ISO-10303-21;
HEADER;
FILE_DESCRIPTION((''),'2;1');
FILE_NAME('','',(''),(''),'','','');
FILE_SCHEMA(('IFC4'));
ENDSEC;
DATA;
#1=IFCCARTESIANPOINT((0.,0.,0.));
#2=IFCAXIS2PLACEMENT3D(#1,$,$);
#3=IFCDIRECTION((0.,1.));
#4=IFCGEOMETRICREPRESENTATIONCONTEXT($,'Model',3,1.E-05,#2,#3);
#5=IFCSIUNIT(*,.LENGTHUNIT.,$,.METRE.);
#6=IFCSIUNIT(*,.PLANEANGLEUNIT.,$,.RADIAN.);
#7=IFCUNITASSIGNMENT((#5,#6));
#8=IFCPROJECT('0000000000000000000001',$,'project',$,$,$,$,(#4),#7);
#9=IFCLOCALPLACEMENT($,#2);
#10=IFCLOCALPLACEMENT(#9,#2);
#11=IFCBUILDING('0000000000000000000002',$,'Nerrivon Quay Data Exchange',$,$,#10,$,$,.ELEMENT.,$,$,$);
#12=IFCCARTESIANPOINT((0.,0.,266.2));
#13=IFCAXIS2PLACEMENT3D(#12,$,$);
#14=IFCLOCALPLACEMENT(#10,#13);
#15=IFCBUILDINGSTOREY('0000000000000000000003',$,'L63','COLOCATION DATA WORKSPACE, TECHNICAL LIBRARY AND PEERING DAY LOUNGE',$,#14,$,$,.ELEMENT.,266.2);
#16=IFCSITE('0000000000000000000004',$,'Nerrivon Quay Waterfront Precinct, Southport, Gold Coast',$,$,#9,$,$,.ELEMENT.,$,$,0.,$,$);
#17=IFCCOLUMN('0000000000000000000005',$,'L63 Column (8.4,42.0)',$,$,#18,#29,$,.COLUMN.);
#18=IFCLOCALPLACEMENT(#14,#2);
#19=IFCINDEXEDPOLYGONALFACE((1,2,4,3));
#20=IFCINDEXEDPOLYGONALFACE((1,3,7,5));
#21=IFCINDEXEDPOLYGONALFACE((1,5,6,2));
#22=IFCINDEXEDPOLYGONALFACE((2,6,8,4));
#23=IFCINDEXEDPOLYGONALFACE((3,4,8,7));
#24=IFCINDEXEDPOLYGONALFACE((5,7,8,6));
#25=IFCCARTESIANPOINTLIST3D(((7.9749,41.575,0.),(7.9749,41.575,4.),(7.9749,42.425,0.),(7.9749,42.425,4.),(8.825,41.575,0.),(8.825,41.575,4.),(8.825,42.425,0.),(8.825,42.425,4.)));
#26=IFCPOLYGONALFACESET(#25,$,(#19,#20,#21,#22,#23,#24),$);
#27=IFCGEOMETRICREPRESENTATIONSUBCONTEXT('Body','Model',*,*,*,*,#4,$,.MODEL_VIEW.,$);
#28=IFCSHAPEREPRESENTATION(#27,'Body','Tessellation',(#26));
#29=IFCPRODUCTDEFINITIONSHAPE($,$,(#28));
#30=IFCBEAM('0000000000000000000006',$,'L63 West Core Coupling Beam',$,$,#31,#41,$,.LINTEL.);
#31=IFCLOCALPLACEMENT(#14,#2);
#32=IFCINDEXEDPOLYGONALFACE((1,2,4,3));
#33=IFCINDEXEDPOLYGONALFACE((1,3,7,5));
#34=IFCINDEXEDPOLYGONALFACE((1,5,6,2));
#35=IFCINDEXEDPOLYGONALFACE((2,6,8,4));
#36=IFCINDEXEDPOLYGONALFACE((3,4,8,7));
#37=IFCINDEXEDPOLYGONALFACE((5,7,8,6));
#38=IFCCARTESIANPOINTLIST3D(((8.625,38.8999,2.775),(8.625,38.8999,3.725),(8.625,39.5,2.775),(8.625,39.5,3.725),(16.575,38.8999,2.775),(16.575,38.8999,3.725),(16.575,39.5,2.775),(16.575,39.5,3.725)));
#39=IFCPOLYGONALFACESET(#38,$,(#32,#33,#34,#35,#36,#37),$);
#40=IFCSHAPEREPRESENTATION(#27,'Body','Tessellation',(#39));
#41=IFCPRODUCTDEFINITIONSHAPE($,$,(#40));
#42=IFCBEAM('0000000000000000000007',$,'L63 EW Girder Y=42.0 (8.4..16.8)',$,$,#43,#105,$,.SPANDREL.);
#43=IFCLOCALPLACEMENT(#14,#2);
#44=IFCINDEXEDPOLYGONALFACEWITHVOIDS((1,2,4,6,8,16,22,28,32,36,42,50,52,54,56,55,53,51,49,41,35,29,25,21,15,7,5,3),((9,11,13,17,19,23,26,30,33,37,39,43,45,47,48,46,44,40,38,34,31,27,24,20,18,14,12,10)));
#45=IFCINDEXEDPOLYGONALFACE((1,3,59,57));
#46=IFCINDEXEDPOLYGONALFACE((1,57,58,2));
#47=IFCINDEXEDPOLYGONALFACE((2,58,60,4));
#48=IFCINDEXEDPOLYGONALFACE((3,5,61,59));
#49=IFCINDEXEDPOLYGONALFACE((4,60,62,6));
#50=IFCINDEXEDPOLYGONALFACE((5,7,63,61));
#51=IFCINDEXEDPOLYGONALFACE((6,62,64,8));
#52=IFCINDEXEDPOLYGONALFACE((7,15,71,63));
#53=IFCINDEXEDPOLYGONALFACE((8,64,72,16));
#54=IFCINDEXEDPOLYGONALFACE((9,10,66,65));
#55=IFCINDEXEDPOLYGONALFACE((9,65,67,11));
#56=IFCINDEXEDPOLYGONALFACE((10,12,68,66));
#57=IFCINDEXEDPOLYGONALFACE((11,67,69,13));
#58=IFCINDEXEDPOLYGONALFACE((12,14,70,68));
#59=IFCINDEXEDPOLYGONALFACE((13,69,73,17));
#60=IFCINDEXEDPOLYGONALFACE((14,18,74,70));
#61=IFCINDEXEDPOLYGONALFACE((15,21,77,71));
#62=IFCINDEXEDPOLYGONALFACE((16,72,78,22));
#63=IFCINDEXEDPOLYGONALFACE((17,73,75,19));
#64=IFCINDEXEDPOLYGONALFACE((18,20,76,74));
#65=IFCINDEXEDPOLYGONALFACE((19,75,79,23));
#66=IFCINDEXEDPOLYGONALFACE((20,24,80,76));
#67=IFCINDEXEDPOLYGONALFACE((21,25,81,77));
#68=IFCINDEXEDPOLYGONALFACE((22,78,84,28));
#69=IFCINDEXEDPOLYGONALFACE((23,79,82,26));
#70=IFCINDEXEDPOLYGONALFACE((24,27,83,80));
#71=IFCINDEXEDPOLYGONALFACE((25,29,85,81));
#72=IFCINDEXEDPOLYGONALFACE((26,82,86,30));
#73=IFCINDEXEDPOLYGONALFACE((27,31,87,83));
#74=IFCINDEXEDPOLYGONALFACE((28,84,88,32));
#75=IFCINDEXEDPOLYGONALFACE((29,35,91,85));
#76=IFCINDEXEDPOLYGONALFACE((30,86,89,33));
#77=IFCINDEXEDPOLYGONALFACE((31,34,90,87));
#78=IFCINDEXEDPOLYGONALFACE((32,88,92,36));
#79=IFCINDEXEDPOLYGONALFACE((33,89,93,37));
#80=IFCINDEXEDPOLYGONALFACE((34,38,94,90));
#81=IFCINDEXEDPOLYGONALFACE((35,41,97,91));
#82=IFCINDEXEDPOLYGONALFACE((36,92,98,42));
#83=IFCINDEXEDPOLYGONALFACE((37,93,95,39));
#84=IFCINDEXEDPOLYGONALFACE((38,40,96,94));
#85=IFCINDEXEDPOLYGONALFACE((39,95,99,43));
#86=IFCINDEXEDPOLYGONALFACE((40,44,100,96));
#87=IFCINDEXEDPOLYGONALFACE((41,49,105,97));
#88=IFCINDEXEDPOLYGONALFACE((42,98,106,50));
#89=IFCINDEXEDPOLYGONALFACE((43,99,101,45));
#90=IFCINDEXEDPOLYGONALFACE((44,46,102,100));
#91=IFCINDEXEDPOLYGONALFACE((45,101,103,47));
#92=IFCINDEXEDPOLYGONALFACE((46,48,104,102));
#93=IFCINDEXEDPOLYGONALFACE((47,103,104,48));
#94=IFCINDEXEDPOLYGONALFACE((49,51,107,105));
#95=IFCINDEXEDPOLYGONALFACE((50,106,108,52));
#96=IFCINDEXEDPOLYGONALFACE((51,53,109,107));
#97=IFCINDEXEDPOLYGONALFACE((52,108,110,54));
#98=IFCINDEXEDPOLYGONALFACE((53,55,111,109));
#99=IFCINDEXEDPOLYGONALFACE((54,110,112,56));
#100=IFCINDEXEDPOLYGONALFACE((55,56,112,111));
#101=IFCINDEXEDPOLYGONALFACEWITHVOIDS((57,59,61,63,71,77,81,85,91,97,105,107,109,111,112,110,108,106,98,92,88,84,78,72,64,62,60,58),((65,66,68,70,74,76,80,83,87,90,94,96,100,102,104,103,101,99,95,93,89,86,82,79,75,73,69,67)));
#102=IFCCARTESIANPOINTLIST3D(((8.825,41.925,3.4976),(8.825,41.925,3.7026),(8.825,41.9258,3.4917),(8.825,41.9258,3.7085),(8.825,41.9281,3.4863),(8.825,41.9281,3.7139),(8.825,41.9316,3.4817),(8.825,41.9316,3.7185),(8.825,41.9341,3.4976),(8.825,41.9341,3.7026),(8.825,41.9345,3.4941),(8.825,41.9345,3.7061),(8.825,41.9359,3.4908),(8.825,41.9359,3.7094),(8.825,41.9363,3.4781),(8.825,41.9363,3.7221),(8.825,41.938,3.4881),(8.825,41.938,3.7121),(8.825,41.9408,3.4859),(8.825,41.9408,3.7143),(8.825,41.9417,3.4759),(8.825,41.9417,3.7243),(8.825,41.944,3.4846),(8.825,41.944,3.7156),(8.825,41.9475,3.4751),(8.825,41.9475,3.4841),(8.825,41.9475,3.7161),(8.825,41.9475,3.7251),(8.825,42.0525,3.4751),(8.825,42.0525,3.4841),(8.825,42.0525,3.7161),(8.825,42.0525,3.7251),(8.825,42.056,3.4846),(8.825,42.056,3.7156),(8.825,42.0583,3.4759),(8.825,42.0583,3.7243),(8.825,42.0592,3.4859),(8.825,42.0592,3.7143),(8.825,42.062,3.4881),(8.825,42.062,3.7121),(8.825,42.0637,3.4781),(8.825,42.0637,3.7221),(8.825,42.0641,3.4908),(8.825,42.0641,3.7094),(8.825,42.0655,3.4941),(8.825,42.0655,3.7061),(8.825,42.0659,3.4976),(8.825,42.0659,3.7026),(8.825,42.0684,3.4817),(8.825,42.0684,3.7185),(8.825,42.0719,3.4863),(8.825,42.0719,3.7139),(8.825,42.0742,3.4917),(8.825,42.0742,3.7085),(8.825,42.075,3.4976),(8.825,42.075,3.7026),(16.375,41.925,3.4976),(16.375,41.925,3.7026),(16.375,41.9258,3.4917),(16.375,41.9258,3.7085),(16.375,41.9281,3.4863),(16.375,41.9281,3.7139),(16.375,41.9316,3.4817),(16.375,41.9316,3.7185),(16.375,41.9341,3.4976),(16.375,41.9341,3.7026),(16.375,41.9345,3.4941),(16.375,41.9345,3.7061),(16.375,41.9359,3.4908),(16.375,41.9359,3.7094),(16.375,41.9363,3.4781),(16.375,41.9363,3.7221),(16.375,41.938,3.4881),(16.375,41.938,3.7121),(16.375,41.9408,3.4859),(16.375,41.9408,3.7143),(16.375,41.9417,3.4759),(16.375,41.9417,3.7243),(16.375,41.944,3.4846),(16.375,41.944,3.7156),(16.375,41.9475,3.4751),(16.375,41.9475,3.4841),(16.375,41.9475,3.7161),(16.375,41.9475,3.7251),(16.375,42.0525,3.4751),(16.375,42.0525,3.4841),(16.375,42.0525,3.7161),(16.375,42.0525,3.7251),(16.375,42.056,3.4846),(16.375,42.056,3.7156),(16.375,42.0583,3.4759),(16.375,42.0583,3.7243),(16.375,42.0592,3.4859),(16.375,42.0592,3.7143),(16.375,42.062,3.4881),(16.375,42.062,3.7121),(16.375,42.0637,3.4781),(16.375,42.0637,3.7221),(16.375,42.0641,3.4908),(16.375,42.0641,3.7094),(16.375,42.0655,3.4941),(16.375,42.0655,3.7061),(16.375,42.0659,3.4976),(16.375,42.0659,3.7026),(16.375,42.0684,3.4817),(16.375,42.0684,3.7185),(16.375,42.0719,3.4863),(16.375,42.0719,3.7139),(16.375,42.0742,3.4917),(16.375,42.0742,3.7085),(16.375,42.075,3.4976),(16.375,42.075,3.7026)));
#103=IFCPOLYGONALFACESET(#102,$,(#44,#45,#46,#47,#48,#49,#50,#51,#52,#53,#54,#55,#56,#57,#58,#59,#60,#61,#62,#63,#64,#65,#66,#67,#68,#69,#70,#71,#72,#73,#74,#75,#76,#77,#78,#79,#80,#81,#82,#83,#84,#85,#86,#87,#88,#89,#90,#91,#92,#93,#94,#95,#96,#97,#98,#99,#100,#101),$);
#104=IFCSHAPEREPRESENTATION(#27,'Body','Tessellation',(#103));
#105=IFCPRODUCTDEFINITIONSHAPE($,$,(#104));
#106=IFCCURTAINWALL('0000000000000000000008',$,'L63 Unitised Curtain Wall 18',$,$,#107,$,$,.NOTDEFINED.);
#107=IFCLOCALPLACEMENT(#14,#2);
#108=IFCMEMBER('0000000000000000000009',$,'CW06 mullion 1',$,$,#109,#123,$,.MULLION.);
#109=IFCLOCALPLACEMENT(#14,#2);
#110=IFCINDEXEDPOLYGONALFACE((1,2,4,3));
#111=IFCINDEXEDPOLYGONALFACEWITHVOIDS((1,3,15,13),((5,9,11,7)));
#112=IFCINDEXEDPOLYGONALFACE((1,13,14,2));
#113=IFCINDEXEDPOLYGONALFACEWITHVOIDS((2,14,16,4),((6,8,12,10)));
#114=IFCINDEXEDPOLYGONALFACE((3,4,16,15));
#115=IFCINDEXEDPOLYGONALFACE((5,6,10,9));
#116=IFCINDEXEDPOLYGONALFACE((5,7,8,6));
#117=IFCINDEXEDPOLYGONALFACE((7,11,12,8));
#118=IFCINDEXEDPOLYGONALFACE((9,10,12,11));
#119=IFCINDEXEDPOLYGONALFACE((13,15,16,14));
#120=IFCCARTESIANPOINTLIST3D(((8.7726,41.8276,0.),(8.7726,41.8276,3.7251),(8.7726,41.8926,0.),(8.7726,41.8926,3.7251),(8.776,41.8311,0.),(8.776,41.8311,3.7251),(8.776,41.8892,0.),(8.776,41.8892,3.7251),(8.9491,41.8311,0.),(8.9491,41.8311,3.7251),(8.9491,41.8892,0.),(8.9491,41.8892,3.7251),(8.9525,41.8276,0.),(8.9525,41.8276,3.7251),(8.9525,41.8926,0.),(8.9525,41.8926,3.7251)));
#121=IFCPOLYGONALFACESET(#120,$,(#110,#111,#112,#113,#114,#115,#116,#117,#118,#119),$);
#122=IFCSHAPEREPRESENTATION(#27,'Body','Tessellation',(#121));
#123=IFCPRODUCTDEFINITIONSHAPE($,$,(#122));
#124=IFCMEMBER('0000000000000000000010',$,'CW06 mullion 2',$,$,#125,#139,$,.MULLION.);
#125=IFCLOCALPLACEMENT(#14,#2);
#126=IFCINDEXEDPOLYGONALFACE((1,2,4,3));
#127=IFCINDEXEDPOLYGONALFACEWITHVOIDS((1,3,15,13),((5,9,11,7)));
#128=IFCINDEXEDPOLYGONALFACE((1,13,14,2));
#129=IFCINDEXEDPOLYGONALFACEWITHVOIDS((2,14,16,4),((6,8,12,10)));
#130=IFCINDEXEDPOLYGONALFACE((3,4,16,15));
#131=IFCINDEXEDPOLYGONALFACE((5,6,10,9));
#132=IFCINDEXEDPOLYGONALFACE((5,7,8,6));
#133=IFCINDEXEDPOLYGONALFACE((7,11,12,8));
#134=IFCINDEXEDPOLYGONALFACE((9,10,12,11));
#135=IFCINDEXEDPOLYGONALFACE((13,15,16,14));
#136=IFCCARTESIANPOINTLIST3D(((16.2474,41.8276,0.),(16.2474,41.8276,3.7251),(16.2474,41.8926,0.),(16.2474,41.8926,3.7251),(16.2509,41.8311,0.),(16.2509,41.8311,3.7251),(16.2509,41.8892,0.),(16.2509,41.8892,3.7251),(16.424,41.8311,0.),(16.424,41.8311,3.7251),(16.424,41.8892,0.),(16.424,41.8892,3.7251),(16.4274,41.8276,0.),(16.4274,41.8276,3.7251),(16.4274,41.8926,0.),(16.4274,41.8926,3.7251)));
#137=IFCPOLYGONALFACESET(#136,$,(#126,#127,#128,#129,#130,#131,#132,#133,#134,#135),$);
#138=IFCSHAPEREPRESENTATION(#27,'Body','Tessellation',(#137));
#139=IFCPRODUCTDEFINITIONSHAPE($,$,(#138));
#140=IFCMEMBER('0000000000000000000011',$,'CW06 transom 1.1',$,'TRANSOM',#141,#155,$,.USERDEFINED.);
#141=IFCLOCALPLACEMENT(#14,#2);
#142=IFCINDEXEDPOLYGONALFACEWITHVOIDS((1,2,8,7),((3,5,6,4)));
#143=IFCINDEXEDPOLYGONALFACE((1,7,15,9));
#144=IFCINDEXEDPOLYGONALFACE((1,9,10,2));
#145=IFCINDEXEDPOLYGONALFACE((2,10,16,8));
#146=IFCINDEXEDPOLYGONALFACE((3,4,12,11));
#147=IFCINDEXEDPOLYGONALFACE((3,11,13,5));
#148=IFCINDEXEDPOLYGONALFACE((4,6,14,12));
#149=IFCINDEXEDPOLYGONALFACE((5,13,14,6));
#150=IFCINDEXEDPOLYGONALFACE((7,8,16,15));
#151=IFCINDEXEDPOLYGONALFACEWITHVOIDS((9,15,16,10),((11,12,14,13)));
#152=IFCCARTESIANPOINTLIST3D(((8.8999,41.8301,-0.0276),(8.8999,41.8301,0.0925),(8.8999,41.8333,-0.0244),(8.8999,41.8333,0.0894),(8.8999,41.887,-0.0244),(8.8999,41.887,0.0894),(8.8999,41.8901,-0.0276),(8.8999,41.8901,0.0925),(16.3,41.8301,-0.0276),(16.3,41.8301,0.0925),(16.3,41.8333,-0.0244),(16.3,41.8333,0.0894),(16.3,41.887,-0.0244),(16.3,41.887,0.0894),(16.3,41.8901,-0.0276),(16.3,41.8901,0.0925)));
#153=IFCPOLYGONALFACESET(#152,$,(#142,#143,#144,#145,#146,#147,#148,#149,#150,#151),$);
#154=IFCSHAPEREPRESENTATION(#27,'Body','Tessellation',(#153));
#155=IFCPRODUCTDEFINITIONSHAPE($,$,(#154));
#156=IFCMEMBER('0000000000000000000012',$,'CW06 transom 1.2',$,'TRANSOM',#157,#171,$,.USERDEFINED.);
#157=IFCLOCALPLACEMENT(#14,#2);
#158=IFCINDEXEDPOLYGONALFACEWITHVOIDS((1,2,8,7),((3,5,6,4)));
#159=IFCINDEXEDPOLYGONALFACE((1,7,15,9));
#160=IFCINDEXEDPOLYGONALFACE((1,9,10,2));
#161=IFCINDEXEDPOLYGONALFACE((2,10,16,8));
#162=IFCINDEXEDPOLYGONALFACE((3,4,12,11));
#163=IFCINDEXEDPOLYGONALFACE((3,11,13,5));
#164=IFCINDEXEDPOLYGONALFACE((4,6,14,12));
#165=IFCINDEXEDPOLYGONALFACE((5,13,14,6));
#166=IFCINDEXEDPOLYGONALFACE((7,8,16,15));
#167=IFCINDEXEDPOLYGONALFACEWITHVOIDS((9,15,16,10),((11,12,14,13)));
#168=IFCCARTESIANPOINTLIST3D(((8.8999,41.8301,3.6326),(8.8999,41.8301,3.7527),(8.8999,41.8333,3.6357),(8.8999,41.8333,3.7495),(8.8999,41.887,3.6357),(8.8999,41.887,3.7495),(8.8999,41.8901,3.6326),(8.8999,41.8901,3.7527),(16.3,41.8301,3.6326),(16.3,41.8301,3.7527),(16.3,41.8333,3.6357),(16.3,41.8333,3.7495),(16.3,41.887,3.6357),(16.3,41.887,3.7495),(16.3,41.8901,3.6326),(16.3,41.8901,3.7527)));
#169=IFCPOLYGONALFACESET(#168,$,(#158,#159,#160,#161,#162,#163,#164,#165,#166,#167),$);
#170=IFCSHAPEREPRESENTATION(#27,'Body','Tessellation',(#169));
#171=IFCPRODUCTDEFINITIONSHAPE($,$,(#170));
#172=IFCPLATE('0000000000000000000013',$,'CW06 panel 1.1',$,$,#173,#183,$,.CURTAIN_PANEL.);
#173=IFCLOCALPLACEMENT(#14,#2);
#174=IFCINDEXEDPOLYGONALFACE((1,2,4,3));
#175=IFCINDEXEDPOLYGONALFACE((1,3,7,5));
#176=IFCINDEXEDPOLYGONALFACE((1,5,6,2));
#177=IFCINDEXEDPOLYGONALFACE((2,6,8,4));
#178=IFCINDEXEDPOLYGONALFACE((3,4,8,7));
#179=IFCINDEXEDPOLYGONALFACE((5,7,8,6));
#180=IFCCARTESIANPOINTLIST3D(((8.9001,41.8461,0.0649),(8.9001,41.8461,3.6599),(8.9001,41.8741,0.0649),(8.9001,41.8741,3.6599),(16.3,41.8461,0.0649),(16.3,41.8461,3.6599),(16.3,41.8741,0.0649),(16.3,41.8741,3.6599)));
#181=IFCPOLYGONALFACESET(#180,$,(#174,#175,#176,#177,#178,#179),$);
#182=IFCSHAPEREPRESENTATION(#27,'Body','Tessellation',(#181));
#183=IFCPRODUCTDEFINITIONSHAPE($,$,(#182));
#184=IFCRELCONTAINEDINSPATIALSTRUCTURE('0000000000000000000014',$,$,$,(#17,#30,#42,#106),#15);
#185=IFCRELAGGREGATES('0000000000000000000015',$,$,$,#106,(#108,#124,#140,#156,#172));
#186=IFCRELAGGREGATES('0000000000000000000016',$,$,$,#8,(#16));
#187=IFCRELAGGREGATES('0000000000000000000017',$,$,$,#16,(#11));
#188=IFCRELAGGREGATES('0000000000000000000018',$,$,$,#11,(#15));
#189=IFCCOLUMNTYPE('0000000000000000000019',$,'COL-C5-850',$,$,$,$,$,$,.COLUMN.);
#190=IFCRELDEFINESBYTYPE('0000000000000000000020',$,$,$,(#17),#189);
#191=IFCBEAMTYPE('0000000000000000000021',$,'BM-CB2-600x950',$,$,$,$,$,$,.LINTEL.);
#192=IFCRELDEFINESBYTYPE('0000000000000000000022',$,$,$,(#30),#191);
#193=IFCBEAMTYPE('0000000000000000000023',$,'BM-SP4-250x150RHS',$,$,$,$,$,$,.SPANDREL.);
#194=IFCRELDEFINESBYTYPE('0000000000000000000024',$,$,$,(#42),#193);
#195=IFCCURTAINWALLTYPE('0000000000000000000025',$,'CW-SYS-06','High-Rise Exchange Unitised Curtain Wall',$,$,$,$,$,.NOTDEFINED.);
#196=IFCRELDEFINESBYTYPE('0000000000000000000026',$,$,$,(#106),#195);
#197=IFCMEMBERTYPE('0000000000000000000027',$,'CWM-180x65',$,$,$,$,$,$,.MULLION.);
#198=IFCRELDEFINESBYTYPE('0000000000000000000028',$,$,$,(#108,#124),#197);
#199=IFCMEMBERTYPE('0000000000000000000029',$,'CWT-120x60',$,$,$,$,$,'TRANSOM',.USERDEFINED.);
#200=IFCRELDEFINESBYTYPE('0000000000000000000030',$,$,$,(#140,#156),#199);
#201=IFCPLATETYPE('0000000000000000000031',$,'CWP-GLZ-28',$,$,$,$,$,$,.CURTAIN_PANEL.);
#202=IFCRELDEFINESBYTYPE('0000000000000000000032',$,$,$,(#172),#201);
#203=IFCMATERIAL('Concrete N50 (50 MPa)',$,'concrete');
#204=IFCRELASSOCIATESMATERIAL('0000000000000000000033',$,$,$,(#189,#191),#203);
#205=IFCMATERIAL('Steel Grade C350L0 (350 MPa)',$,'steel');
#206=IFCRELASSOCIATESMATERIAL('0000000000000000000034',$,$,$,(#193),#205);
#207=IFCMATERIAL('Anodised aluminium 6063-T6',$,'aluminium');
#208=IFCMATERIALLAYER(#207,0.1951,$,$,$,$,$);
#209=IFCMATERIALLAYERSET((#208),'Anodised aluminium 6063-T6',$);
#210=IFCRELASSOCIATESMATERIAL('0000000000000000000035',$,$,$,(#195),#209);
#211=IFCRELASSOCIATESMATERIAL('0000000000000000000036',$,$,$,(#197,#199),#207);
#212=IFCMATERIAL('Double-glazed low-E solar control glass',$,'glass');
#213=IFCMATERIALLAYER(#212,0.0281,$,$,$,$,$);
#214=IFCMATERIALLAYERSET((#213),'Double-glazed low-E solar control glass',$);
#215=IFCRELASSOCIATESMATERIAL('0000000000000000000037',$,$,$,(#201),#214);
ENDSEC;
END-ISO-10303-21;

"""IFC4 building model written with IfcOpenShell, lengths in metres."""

from ifc_helpers import new_model, si_unit, direction, frame, origin, origin_2d, place, context, subcontext, project, spatial, rectangle, hollow_rectangle, extrude, material, layer, layer_set, material_profile, profile_set, type_object, element, aggregate, save


model = new_model("IFC4")

# Units and contexts
model_context = context("Model", 3, precision=1e-05, world=origin(), true_north=direction((0.0, 1.0)))
body_context = subcontext(model_context, "Body", "Model", "MODEL_VIEW")
ifc_project = project(units=[si_unit("LENGTHUNIT", "METRE"), si_unit("PLANEANGLEUNIT", "RADIAN")], contexts=[model_context])

# Site, building, storey
site_placement = place(None, origin())
site = spatial("IfcSite", under=ifc_project, at=site_placement, Name="Nerrivon Quay Waterfront Precinct, Southport, Gold Coast", CompositionType="ELEMENT", RefElevation=0.0)
building_placement = place(site_placement, origin())
building = spatial("IfcBuilding", under=site, at=building_placement, Name="Nerrivon Quay Data Exchange", CompositionType="ELEMENT")
storey_placement = place(building_placement, frame((0.0, 0.0, 266.2)))
storey = spatial("IfcBuildingStorey", under=building, at=storey_placement, Name="L63", Description="COLOCATION DATA WORKSPACE, TECHNICAL LIBRARY AND PEERING DAY LOUNGE", CompositionType="ELEMENT", Elevation=266.2)

# Column
ifc_material_1 = material(Name="Concrete N50 (50 MPa)", Category="concrete")
ifc_material_profile_1 = material_profile(ifc_material_1, rectangle(XDim=0.8501, YDim=0.8501, at=origin_2d()), Name="RC-COL-850x850")
ifc_profile_set_1 = profile_set([ifc_material_profile_1], Name="Concrete N50 (50 MPa)")
column_type = type_object("IfcColumnType", Name="COL-C5-850", PredefinedType="COLUMN", material=ifc_profile_set_1)
column_placement = place(storey_placement, frame((8.3999, 42.0, 0.0), z_axis=(0.0, 0.0, 1.0), x_axis=(1.0, 0.0, 0.0)))
element("IfcColumn", 1, at=column_placement, inside=storey, type_object=column_type, Name="L63 Column (8.4,42.0)", PredefinedType="COLUMN", context=body_context, shape_type="SweptSolid", body=[
    extrude(rectangle(XDim=0.8501, YDim=0.8501, at=origin_2d()), origin(), (0.0, 0.0, 1.0), 4.0),
])

# Beams
ifc_material_profile_2 = material_profile(ifc_material_1, rectangle(XDim=0.6001, YDim=0.95, at=origin_2d()), Name="RC-CB-600x950")
ifc_profile_set_2 = profile_set([ifc_material_profile_2], Name="Concrete N50 (50 MPa)")
beam_type_1 = type_object("IfcBeamType", Name="BM-CB2-600x950", PredefinedType="LINTEL", material=ifc_profile_set_2)
beam_1_placement = place(storey_placement, frame((8.625, 39.2, 3.25), z_axis=(1.0, 0.0, 0.0), x_axis=(0.0, 1.0, 0.0)))
element("IfcBeam", 2, at=beam_1_placement, inside=storey, type_object=beam_type_1, Name="L63 West Core Coupling Beam", PredefinedType="LINTEL", context=body_context, shape_type="SweptSolid", body=[
    extrude(rectangle(XDim=0.6001, YDim=0.95, at=origin_2d()), origin(), (0.0, 0.0, 1.0), 7.95),
])
ifc_material_2 = material(Name="Steel Grade C350L0 (350 MPa)", Category="steel")
ifc_material_profile_3 = material_profile(ifc_material_2, hollow_rectangle(XDim=0.1499, YDim=0.25, WallThickness=0.009, InnerFilletRadius=0.0134, OuterFilletRadius=0.0225, at=origin_2d()), Name="250x150x9.0RHS")
ifc_profile_set_3 = profile_set([ifc_material_profile_3], Name="Steel Grade C350L0 (350 MPa)")
beam_type_2 = type_object("IfcBeamType", Name="BM-SP4-250x150RHS", PredefinedType="SPANDREL", material=ifc_profile_set_3)
beam_2_placement = place(storey_placement, frame((8.825, 42.0, 3.6001), z_axis=(1.0, 0.0, 0.0), x_axis=(0.0, 1.0, 0.0)))
element("IfcBeam", 3, at=beam_2_placement, inside=storey, type_object=beam_type_2, Name="L63 EW Girder Y=42.0 (8.4..16.8)", PredefinedType="SPANDREL", context=body_context, shape_type="SweptSolid", body=[
    extrude(hollow_rectangle(XDim=0.1499, YDim=0.25, WallThickness=0.009, InnerFilletRadius=0.0134, OuterFilletRadius=0.0225, at=origin_2d()), origin(), (0.0, 0.0, 1.0), 7.55),
])

# Curtain wall, members, plate
ifc_material_3 = material(Name="Anodised aluminium 6063-T6", Category="aluminium")
ifc_layer_1 = layer(ifc_material_3, 0.1951)
ifc_layer_set_1 = layer_set([ifc_layer_1], Name="Anodised aluminium 6063-T6")
curtain_wall_type = type_object("IfcCurtainWallType", Name="CW-SYS-06", Description="High-Rise Exchange Unitised Curtain Wall", PredefinedType="NOTDEFINED", material=ifc_layer_set_1)
curtain_wall_placement = place(storey_placement, origin())
curtain_wall = element("IfcCurtainWall", 4, at=curtain_wall_placement, inside=storey, type_object=curtain_wall_type, Name="L63 Unitised Curtain Wall 18", PredefinedType="NOTDEFINED")
ifc_material_profile_4 = material_profile(ifc_material_3, hollow_rectangle(XDim=0.0649, YDim=0.1799, WallThickness=0.0034, at=origin_2d()), Name="ALU-MULL-180x65")
ifc_profile_set_4 = profile_set([ifc_material_profile_4], Name="Anodised aluminium 6063-T6")
member_type_1 = type_object("IfcMemberType", Name="CWM-180x65", PredefinedType="MULLION", material=ifc_profile_set_4)
member_1_placement = place(storey_placement, frame((8.8625, 41.8601, 0.0), z_axis=(0.0, 0.0, 1.0), x_axis=(0.0, 1.0, 0.0)))
member_1 = element("IfcMember", 5, at=member_1_placement, type_object=member_type_1, Name="CW06 mullion 1", PredefinedType="MULLION", context=body_context, shape_type="SweptSolid", body=[
    extrude(hollow_rectangle(XDim=0.0649, YDim=0.1799, WallThickness=0.0034, at=origin_2d()), origin(), (0.0, 0.0, 1.0), 3.7251),
])
member_2_placement = place(storey_placement, frame((16.3374, 41.8601, 0.0), z_axis=(0.0, 0.0, 1.0), x_axis=(0.0, 1.0, 0.0)))
member_2 = element("IfcMember", 6, at=member_2_placement, type_object=member_type_1, Name="CW06 mullion 2", PredefinedType="MULLION", context=body_context, shape_type="SweptSolid", body=[
    extrude(hollow_rectangle(XDim=0.0649, YDim=0.1799, WallThickness=0.0034, at=origin_2d()), origin(), (0.0, 0.0, 1.0), 3.7251),
])
ifc_material_profile_5 = material_profile(ifc_material_3, hollow_rectangle(XDim=0.0601, YDim=0.1201, WallThickness=0.0032, at=origin_2d()), Name="ALU-TRAN-120x60")
ifc_profile_set_5 = profile_set([ifc_material_profile_5], Name="Anodised aluminium 6063-T6")
member_type_2 = type_object("IfcMemberType", Name="CWT-120x60", ElementType="TRANSOM", PredefinedType="USERDEFINED", material=ifc_profile_set_5)
member_3_placement = place(storey_placement, frame((8.8999, 41.8601, 0.0325), z_axis=(1.0, 0.0, 0.0), x_axis=(0.0, 1.0, 0.0)))
member_3 = element("IfcMember", 7, at=member_3_placement, type_object=member_type_2, Name="CW06 transom 1.1", ObjectType="TRANSOM", PredefinedType="USERDEFINED", context=body_context, shape_type="SweptSolid", body=[
    extrude(hollow_rectangle(XDim=0.0601, YDim=0.1201, WallThickness=0.0032, at=origin_2d()), origin(), (0.0, 0.0, 1.0), 7.4001),
])
member_4_placement = place(storey_placement, frame((8.8999, 41.8601, 3.6926), z_axis=(1.0, 0.0, 0.0), x_axis=(0.0, 1.0, 0.0)))
member_4 = element("IfcMember", 8, at=member_4_placement, type_object=member_type_2, Name="CW06 transom 1.2", ObjectType="TRANSOM", PredefinedType="USERDEFINED", context=body_context, shape_type="SweptSolid", body=[
    extrude(hollow_rectangle(XDim=0.0601, YDim=0.1201, WallThickness=0.0032, at=origin_2d()), origin(), (0.0, 0.0, 1.0), 7.4001),
])
ifc_material_4 = material(Name="Double-glazed low-E solar control glass", Category="glass")
ifc_layer_2 = layer(ifc_material_4, 0.0281)
ifc_layer_set_2 = layer_set([ifc_layer_2], Name="Double-glazed low-E solar control glass")
plate_type = type_object("IfcPlateType", Name="CWP-GLZ-28", PredefinedType="CURTAIN_PANEL", material=ifc_layer_set_2)
plate_placement = place(storey_placement, frame((12.6001, 41.8601, 0.0649), z_axis=(0.0, 0.0, 1.0), x_axis=(1.0, 0.0, 0.0)))
plate = element("IfcPlate", 9, at=plate_placement, type_object=plate_type, Name="CW06 panel 1.1", PredefinedType="CURTAIN_PANEL", context=body_context, shape_type="SweptSolid", body=[
    extrude(rectangle(XDim=7.3999, YDim=0.0281, at=origin_2d()), origin(), (0.0, 0.0, 1.0), 3.595),
])
aggregate(curtain_wall, [member_1, member_2, member_3, member_4, plate])

save(model, "model.ifc")
